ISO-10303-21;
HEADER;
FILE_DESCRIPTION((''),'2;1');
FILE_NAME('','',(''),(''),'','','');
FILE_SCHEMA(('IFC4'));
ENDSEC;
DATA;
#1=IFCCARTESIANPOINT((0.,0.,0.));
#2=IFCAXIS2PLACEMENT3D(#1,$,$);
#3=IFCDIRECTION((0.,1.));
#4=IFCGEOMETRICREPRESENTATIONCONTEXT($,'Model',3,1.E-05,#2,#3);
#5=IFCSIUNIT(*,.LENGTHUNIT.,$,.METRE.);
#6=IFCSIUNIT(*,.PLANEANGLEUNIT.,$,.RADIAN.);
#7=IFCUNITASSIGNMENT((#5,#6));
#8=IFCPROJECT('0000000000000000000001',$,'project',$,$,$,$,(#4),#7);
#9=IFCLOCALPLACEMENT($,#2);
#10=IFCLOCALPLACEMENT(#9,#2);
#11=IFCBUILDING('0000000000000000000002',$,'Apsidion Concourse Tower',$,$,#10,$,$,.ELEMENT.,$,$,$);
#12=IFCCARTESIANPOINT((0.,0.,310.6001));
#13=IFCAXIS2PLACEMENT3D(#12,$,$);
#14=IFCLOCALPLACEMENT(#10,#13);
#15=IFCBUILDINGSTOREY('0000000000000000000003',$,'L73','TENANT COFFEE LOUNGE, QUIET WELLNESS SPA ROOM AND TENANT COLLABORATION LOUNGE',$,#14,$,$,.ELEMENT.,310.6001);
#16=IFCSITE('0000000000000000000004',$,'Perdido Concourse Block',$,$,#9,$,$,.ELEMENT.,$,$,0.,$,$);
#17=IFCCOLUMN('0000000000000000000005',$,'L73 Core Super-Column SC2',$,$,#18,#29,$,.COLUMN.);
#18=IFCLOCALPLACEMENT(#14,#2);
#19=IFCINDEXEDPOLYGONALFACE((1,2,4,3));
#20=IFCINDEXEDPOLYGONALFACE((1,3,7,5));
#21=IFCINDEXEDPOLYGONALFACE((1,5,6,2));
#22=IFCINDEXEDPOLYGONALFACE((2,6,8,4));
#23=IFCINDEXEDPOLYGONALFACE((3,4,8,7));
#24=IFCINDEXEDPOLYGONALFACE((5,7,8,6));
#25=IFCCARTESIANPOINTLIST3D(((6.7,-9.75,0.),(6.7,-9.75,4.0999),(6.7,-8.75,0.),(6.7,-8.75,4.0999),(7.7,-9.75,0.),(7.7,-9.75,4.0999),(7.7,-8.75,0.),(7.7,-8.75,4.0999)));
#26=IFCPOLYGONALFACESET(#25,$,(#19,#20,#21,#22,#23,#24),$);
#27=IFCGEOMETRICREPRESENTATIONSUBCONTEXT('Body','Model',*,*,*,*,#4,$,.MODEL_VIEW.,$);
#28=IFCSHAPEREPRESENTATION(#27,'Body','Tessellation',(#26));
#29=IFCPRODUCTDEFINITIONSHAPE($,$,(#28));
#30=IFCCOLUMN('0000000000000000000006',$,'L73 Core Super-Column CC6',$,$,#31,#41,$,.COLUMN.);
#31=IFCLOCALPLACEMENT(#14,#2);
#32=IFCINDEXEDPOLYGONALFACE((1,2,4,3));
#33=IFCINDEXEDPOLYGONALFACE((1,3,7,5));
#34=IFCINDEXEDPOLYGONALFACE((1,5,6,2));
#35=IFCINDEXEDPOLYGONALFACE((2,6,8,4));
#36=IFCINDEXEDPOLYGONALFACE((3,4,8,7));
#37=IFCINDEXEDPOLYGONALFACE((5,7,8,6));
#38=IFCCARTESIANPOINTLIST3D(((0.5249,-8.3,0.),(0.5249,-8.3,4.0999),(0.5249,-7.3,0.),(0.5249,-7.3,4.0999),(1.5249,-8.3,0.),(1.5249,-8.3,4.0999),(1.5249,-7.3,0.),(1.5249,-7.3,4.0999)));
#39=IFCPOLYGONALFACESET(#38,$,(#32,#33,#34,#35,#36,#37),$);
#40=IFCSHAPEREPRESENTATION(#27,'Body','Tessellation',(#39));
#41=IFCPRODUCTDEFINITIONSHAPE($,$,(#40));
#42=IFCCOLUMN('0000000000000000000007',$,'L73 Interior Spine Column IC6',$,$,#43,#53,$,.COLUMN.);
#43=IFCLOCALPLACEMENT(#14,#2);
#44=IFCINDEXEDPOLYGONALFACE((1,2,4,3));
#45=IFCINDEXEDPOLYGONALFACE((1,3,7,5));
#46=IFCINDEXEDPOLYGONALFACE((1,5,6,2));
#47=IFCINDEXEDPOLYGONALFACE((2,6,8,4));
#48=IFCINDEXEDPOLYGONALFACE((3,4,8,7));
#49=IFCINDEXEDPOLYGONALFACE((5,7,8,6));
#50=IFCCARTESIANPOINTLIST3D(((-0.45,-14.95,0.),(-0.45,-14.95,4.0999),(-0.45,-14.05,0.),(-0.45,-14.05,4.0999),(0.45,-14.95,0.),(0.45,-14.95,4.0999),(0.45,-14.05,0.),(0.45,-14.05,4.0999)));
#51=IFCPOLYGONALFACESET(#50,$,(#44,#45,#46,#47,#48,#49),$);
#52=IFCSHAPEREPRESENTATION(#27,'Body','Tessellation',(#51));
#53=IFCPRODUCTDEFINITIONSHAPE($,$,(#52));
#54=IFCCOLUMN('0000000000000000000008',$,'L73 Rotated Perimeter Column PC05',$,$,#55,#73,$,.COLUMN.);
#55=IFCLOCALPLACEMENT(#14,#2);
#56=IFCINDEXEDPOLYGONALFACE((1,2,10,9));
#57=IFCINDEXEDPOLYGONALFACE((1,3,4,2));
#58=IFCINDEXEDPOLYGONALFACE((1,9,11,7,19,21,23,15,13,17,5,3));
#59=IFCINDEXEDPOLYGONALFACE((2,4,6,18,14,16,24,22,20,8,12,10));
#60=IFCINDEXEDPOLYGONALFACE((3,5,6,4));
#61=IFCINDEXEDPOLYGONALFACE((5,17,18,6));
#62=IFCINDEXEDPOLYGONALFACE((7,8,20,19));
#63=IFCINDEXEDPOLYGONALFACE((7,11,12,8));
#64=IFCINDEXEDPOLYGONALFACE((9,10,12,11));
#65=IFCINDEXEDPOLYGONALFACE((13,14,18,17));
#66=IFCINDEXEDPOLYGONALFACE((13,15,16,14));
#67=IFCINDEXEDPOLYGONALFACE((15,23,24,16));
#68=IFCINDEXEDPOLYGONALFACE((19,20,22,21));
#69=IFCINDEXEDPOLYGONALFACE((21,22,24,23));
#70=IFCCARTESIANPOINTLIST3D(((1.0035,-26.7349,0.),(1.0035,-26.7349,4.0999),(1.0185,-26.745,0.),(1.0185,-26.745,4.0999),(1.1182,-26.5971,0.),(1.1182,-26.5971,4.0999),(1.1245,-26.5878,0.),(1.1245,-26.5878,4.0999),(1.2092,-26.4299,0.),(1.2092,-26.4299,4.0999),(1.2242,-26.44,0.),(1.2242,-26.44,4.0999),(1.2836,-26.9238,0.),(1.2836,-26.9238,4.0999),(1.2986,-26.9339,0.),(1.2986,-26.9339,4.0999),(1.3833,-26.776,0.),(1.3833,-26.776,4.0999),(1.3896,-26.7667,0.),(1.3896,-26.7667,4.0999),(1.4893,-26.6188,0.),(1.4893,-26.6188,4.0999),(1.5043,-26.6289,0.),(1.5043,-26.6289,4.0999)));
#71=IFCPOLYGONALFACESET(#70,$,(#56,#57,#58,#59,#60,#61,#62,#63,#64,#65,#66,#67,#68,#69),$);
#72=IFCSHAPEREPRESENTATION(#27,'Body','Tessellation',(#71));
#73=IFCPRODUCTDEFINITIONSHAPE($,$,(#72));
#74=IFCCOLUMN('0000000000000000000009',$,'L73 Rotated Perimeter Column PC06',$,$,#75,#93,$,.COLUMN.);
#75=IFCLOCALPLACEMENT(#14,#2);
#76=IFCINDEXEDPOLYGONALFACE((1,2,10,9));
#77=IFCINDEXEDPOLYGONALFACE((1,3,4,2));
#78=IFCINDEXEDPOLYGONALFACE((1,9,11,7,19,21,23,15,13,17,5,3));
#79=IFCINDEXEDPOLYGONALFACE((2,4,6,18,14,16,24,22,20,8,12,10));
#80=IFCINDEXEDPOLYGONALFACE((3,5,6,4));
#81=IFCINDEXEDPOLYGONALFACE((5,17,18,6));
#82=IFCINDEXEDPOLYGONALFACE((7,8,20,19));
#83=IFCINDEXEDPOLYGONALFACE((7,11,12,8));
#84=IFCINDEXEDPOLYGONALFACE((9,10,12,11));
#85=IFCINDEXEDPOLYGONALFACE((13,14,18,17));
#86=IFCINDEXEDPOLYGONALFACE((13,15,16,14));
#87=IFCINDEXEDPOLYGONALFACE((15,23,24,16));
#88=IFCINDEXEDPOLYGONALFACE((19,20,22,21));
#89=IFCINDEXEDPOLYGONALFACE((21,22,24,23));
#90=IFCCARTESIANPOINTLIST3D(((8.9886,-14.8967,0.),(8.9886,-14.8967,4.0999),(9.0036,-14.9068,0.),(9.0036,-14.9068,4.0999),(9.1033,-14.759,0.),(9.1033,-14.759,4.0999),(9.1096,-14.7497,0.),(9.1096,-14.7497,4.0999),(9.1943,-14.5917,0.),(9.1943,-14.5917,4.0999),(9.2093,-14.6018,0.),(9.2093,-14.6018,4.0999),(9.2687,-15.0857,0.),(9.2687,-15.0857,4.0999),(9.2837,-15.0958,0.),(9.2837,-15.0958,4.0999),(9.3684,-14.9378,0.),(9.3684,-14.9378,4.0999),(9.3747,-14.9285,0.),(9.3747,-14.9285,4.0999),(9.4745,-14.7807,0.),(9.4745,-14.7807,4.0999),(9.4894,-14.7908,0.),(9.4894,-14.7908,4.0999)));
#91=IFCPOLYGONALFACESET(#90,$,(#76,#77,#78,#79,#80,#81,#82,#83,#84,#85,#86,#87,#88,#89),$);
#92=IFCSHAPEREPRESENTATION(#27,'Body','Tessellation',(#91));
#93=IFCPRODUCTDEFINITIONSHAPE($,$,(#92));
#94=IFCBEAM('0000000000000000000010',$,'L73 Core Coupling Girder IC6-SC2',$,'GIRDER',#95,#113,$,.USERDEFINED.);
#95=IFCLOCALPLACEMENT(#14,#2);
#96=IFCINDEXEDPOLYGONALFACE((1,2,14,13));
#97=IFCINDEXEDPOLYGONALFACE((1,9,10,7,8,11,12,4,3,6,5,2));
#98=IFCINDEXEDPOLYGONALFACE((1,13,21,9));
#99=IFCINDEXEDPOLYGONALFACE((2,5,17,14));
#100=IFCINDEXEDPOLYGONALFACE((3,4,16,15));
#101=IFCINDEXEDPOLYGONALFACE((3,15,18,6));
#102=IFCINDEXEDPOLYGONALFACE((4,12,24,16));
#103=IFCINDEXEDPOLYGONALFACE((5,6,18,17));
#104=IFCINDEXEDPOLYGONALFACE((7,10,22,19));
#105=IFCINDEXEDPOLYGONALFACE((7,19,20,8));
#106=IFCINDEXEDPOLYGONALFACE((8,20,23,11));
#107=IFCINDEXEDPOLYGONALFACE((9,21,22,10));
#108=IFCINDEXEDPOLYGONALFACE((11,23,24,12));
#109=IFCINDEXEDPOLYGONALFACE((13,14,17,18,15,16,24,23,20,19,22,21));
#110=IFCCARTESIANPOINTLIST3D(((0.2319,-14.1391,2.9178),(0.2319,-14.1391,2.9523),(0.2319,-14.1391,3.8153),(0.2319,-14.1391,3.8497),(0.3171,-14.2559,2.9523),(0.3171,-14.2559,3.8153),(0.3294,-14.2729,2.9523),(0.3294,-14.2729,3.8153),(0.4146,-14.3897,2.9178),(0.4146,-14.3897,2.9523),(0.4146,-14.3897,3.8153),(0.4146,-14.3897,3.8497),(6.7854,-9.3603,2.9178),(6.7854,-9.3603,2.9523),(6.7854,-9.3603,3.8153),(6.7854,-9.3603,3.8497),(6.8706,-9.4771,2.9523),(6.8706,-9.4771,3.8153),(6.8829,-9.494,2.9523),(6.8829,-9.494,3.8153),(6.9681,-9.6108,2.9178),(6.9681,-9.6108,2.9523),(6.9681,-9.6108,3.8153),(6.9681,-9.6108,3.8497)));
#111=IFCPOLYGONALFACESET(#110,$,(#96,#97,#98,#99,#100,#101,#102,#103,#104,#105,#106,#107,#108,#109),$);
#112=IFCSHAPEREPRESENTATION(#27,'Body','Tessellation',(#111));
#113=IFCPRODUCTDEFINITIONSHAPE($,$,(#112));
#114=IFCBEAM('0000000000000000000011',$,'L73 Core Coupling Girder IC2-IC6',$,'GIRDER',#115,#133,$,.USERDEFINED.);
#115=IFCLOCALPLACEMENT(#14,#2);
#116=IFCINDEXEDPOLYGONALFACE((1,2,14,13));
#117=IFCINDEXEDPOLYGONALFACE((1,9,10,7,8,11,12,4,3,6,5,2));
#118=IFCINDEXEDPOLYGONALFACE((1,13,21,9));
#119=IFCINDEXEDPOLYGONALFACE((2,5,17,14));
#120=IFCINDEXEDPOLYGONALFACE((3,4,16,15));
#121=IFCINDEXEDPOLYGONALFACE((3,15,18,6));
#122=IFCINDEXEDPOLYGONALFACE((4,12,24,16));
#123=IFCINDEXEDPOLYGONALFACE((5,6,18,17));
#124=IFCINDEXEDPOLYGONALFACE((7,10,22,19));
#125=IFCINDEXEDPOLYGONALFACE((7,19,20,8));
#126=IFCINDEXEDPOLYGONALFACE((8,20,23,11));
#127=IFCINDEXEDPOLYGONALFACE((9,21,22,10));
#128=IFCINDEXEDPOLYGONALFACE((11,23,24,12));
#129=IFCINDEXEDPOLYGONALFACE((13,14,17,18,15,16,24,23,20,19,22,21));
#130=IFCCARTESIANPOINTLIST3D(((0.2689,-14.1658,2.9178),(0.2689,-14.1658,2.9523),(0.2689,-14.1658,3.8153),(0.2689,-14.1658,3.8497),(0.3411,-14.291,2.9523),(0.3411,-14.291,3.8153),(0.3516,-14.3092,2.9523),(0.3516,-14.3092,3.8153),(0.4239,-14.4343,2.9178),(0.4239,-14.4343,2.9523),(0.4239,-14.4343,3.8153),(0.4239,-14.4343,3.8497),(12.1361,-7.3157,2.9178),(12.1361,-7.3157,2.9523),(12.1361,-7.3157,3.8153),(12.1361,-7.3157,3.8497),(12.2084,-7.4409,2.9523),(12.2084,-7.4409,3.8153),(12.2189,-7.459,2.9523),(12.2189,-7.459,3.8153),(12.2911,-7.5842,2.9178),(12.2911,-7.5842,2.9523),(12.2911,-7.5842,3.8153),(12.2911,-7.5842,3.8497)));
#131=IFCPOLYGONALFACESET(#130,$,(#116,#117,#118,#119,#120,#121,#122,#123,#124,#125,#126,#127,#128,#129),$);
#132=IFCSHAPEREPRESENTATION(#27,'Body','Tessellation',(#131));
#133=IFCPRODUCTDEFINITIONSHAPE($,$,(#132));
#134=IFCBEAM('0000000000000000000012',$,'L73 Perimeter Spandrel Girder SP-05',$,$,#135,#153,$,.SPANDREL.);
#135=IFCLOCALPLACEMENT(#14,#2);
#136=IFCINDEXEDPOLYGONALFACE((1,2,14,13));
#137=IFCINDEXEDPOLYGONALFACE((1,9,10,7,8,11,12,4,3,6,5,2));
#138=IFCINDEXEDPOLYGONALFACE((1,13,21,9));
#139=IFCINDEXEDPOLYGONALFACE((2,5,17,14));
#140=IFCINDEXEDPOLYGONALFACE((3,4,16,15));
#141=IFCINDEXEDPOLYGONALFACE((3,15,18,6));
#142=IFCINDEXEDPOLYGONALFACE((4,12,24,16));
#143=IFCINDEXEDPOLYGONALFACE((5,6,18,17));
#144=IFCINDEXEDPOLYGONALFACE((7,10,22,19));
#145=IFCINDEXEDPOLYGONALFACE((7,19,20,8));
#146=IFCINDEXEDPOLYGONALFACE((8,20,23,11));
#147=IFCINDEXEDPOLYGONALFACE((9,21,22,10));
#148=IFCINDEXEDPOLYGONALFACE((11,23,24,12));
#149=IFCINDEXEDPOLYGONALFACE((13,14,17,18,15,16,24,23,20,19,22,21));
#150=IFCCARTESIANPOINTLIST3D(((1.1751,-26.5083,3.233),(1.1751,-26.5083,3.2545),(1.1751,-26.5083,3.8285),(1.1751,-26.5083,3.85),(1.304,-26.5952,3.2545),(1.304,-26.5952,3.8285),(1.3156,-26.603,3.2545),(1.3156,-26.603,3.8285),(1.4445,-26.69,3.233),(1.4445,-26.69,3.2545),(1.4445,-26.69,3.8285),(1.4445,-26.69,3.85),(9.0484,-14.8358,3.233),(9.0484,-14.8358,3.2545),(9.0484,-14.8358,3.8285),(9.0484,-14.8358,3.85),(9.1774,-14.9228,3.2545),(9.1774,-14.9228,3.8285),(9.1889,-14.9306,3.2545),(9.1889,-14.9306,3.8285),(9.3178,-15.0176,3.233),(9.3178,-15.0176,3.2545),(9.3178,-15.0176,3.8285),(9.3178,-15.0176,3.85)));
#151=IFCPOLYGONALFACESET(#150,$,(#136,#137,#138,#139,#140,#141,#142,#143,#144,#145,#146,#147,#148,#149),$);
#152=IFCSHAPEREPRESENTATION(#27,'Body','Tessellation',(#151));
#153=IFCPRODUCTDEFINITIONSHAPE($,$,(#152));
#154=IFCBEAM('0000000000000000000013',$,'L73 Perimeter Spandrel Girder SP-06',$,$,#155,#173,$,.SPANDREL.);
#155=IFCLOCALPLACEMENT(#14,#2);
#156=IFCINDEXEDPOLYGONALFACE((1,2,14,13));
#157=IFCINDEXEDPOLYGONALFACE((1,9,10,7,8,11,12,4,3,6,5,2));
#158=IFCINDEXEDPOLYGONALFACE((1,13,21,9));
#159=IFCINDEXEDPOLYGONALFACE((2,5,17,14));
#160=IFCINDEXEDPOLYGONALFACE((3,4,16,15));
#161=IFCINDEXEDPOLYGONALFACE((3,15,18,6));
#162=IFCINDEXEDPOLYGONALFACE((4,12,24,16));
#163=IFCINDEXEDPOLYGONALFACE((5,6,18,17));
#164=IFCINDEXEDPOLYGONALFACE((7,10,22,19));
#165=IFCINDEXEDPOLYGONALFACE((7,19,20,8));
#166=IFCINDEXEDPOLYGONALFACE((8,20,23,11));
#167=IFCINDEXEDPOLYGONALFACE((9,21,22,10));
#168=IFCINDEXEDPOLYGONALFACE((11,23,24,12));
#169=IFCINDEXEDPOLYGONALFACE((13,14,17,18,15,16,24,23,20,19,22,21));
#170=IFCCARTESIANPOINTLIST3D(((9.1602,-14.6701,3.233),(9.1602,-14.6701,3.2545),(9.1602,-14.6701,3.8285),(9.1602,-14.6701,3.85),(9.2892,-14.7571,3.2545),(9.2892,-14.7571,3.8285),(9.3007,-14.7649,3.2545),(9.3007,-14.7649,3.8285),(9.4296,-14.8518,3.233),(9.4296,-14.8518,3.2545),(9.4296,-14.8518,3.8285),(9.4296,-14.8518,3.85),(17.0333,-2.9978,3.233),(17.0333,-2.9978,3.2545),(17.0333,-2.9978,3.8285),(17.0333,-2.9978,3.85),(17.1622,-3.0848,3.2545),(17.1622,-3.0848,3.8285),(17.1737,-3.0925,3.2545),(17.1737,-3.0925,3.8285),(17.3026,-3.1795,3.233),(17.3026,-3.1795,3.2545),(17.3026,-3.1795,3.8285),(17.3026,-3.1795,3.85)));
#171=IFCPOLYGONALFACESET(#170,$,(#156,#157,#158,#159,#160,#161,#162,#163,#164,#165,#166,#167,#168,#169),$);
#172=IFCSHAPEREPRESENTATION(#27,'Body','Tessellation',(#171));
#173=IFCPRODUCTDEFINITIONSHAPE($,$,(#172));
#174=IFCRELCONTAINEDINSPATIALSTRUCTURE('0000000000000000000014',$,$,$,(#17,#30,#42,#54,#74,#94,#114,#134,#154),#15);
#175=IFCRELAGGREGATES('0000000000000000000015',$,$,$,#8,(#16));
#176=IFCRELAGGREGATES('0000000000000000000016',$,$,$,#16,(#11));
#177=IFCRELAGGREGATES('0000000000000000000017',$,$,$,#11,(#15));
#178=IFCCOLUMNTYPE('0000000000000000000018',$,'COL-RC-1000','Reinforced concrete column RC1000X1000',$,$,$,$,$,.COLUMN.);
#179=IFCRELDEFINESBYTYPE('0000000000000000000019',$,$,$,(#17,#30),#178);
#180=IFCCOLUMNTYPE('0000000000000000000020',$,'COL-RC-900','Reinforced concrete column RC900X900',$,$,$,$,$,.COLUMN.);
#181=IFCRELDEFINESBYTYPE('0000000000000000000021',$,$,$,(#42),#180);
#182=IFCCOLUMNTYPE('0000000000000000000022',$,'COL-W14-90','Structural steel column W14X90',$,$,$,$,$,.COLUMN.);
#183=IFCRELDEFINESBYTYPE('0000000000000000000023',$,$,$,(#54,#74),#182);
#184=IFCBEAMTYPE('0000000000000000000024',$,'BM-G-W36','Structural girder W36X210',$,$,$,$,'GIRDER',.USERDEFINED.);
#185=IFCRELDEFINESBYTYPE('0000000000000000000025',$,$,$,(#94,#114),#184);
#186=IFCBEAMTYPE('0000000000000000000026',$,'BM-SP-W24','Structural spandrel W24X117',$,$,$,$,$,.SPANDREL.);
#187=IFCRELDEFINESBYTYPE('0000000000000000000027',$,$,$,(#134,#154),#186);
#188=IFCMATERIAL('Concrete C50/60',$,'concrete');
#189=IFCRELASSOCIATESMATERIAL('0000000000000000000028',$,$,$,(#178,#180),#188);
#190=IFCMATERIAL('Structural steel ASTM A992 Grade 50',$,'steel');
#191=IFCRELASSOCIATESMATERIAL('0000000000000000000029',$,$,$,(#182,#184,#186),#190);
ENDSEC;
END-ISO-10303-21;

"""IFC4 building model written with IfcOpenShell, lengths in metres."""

from ifc_helpers import new_model, si_unit, direction, frame, origin, origin_2d, place, context, subcontext, project, spatial, rectangle, i_section, extrude, material, material_profile, profile_set, type_object, element, save


model = new_model("IFC4")

# Units and contexts
model_context = context("Model", 3, precision=1e-05, world=origin(), true_north=direction((0.0, 1.0)))
body_context = subcontext(model_context, "Body", "Model", "MODEL_VIEW")
ifc_project = project(units=[si_unit("LENGTHUNIT", "METRE"), si_unit("PLANEANGLEUNIT", "RADIAN")], contexts=[model_context])

# Site, building, storey
site_placement = place(None, origin())
site = spatial("IfcSite", under=ifc_project, at=site_placement, Name="Perdido Concourse Block", CompositionType="ELEMENT", RefElevation=0.0)
building_placement = place(site_placement, origin())
building = spatial("IfcBuilding", under=site, at=building_placement, Name="Apsidion Concourse Tower", CompositionType="ELEMENT")
storey_placement = place(building_placement, frame((0.0, 0.0, 310.6001)))
storey = spatial("IfcBuildingStorey", under=building, at=storey_placement, Name="L73", Description="TENANT COFFEE LOUNGE, QUIET WELLNESS SPA ROOM AND TENANT COLLABORATION LOUNGE", CompositionType="ELEMENT", Elevation=310.6001)

# Columns
ifc_material_1 = material(Name="Concrete C50/60", Category="concrete")
ifc_material_profile_1 = material_profile(ifc_material_1, rectangle(XDim=1.0, YDim=1.0, at=origin_2d()), Name="RC 1000x1000")
ifc_profile_set_1 = profile_set([ifc_material_profile_1], Name="Concrete C50/60")
column_type_1 = type_object("IfcColumnType", Name="COL-RC-1000", Description="Reinforced concrete column RC1000X1000", PredefinedType="COLUMN", material=ifc_profile_set_1)
for number, where, z_axis, x_axis, name in (
    (1, (7.2, -9.25, 0.0), (0.0, 0.0, 1.0), (1.0, 0.0, 0.0), "L73 Core Super-Column SC2"),
    (2, (1.0249, -7.8, 0.0), (0.0, 0.0, 1.0), (1.0, 0.0, 0.0), "L73 Core Super-Column CC6"),
):
    element("IfcColumn", number, at=place(storey_placement, frame(where, z_axis=z_axis, x_axis=x_axis)), inside=storey, type_object=column_type_1, Name=name, PredefinedType="COLUMN", context=body_context, shape_type="SweptSolid", body=[
        extrude(rectangle(XDim=1.0, YDim=1.0, at=origin_2d()), origin(), (0.0, 0.0, 1.0), 4.0999),
    ])
ifc_material_profile_2 = material_profile(ifc_material_1, rectangle(XDim=0.8999, YDim=0.8999, at=origin_2d()), Name="RC 900x900")
ifc_profile_set_2 = profile_set([ifc_material_profile_2], Name="Concrete C50/60")
column_type_2 = type_object("IfcColumnType", Name="COL-RC-900", Description="Reinforced concrete column RC900X900", PredefinedType="COLUMN", material=ifc_profile_set_2)
column_placement = place(storey_placement, frame((0.0, -14.5, 0.0), z_axis=(0.0, 0.0, 1.0), x_axis=(1.0, 0.0, 0.0)))
element("IfcColumn", 3, at=column_placement, inside=storey, type_object=column_type_2, Name="L73 Interior Spine Column IC6", PredefinedType="COLUMN", context=body_context, shape_type="SweptSolid", body=[
    extrude(rectangle(XDim=0.8999, YDim=0.8999, at=origin_2d()), origin(), (0.0, 0.0, 1.0), 4.0999),
])
ifc_material_2 = material(Name="Structural steel ASTM A992 Grade 50", Category="steel")
ifc_material_profile_3 = material_profile(ifc_material_2, i_section(OverallWidth=0.3679, OverallDepth=0.356, WebThickness=0.0112, FlangeThickness=0.0181, at=origin_2d()), Name="W14X90")
ifc_profile_set_3 = profile_set([ifc_material_profile_3], Name="Structural steel ASTM A992 Grade 50")
column_type_3 = type_object("IfcColumnType", Name="COL-W14-90", Description="Structural steel column W14X90", PredefinedType="COLUMN", material=ifc_profile_set_3)
for number, where, z_axis, x_axis, name in (
    (4, (1.2539, -26.6819, 0.0), (0.0, 0.0, 1.0), (0.559193, 0.829038, 0.0), "L73 Rotated Perimeter Column PC05"),
    (5, (9.239, -14.8438, 0.0), (0.0, 0.0, 1.0), (0.559193, 0.829038, 0.0), "L73 Rotated Perimeter Column PC06"),
):
    element("IfcColumn", number, at=place(storey_placement, frame(where, z_axis=z_axis, x_axis=x_axis)), inside=storey, type_object=column_type_3, Name=name, PredefinedType="COLUMN", context=body_context, shape_type="SweptSolid", body=[
        extrude(i_section(OverallWidth=0.3679, OverallDepth=0.356, WebThickness=0.0112, FlangeThickness=0.0181, at=origin_2d()), origin(), (0.0, 0.0, 1.0), 4.0999),
    ])

# Beams
ifc_material_profile_4 = material_profile(ifc_material_2, i_section(OverallWidth=0.3101, OverallDepth=0.9319, WebThickness=0.021, FlangeThickness=0.0344, at=origin_2d()), Name="W36X210")
ifc_profile_set_4 = profile_set([ifc_material_profile_4], Name="Structural steel ASTM A992 Grade 50")
beam_type_1 = type_object("IfcBeamType", Name="BM-G-W36", Description="Structural girder W36X210", ElementType="GIRDER", PredefinedType="USERDEFINED", material=ifc_profile_set_4)
beam_1_placement = place(storey_placement, frame((0.3232, -14.2644, 3.3838), z_axis=(0.807993, 0.589191, 0.0), x_axis=(-0.589191, 0.807993, 0.0)))
element("IfcBeam", 6, at=beam_1_placement, inside=storey, type_object=beam_type_1, Name="L73 Core Coupling Girder IC6-SC2", ObjectType="GIRDER", PredefinedType="USERDEFINED", context=body_context, shape_type="SweptSolid", body=[
    extrude(i_section(OverallWidth=0.3101, OverallDepth=0.9319, WebThickness=0.021, FlangeThickness=0.0344, at=origin_2d()), origin(), (0.0, 0.0, 1.0), 8.1108),
])
beam_2_placement = place(storey_placement, frame((12.2136, -7.45, 3.3838), z_axis=(-0.86607, -0.499922, 0.0), x_axis=(0.499922, -0.86607, 0.0)))
element("IfcBeam", 7, at=beam_2_placement, inside=storey, type_object=beam_type_1, Name="L73 Core Coupling Girder IC2-IC6", ObjectType="GIRDER", PredefinedType="USERDEFINED", context=body_context, shape_type="SweptSolid", body=[
    extrude(i_section(OverallWidth=0.3101, OverallDepth=0.9319, WebThickness=0.021, FlangeThickness=0.0344, at=origin_2d()), origin(), (0.0, 0.0, 1.0), 13.7024),
])
ifc_material_profile_5 = material_profile(ifc_material_2, i_section(OverallWidth=0.325, OverallDepth=0.6169, WebThickness=0.0139, FlangeThickness=0.0215, at=origin_2d()), Name="W24X117")
ifc_profile_set_5 = profile_set([ifc_material_profile_5], Name="Structural steel ASTM A992 Grade 50")
beam_type_2 = type_object("IfcBeamType", Name="BM-SP-W24", Description="Structural spandrel W24X117", PredefinedType="SPANDREL", material=ifc_profile_set_5)
beam_3_placement = place(storey_placement, frame((1.3098, -26.5991, 3.5415), z_axis=(0.559202, 0.829032, 0.0), x_axis=(-0.829032, 0.559202, 0.0)))
element("IfcBeam", 8, at=beam_3_placement, inside=storey, type_object=beam_type_2, Name="L73 Perimeter Spandrel Girder SP-05", PredefinedType="SPANDREL", context=body_context, shape_type="SweptSolid", body=[
    extrude(i_section(OverallWidth=0.325, OverallDepth=0.6169, WebThickness=0.0139, FlangeThickness=0.0215, at=origin_2d()), origin(), (0.0, 0.0, 1.0), 14.0796),
])
beam_4_placement = place(storey_placement, frame((9.2949, -14.761, 3.5415), z_axis=(0.55919, 0.82904, 0.0), x_axis=(-0.82904, 0.55919, 0.0)))
element("IfcBeam", 9, at=beam_4_placement, inside=storey, type_object=beam_type_2, Name="L73 Perimeter Spandrel Girder SP-06", PredefinedType="SPANDREL", context=body_context, shape_type="SweptSolid", body=[
    extrude(i_section(OverallWidth=0.325, OverallDepth=0.6169, WebThickness=0.0139, FlangeThickness=0.0215, at=origin_2d()), origin(), (0.0, 0.0, 1.0), 14.0793),
])

save(model, "model.ifc")
